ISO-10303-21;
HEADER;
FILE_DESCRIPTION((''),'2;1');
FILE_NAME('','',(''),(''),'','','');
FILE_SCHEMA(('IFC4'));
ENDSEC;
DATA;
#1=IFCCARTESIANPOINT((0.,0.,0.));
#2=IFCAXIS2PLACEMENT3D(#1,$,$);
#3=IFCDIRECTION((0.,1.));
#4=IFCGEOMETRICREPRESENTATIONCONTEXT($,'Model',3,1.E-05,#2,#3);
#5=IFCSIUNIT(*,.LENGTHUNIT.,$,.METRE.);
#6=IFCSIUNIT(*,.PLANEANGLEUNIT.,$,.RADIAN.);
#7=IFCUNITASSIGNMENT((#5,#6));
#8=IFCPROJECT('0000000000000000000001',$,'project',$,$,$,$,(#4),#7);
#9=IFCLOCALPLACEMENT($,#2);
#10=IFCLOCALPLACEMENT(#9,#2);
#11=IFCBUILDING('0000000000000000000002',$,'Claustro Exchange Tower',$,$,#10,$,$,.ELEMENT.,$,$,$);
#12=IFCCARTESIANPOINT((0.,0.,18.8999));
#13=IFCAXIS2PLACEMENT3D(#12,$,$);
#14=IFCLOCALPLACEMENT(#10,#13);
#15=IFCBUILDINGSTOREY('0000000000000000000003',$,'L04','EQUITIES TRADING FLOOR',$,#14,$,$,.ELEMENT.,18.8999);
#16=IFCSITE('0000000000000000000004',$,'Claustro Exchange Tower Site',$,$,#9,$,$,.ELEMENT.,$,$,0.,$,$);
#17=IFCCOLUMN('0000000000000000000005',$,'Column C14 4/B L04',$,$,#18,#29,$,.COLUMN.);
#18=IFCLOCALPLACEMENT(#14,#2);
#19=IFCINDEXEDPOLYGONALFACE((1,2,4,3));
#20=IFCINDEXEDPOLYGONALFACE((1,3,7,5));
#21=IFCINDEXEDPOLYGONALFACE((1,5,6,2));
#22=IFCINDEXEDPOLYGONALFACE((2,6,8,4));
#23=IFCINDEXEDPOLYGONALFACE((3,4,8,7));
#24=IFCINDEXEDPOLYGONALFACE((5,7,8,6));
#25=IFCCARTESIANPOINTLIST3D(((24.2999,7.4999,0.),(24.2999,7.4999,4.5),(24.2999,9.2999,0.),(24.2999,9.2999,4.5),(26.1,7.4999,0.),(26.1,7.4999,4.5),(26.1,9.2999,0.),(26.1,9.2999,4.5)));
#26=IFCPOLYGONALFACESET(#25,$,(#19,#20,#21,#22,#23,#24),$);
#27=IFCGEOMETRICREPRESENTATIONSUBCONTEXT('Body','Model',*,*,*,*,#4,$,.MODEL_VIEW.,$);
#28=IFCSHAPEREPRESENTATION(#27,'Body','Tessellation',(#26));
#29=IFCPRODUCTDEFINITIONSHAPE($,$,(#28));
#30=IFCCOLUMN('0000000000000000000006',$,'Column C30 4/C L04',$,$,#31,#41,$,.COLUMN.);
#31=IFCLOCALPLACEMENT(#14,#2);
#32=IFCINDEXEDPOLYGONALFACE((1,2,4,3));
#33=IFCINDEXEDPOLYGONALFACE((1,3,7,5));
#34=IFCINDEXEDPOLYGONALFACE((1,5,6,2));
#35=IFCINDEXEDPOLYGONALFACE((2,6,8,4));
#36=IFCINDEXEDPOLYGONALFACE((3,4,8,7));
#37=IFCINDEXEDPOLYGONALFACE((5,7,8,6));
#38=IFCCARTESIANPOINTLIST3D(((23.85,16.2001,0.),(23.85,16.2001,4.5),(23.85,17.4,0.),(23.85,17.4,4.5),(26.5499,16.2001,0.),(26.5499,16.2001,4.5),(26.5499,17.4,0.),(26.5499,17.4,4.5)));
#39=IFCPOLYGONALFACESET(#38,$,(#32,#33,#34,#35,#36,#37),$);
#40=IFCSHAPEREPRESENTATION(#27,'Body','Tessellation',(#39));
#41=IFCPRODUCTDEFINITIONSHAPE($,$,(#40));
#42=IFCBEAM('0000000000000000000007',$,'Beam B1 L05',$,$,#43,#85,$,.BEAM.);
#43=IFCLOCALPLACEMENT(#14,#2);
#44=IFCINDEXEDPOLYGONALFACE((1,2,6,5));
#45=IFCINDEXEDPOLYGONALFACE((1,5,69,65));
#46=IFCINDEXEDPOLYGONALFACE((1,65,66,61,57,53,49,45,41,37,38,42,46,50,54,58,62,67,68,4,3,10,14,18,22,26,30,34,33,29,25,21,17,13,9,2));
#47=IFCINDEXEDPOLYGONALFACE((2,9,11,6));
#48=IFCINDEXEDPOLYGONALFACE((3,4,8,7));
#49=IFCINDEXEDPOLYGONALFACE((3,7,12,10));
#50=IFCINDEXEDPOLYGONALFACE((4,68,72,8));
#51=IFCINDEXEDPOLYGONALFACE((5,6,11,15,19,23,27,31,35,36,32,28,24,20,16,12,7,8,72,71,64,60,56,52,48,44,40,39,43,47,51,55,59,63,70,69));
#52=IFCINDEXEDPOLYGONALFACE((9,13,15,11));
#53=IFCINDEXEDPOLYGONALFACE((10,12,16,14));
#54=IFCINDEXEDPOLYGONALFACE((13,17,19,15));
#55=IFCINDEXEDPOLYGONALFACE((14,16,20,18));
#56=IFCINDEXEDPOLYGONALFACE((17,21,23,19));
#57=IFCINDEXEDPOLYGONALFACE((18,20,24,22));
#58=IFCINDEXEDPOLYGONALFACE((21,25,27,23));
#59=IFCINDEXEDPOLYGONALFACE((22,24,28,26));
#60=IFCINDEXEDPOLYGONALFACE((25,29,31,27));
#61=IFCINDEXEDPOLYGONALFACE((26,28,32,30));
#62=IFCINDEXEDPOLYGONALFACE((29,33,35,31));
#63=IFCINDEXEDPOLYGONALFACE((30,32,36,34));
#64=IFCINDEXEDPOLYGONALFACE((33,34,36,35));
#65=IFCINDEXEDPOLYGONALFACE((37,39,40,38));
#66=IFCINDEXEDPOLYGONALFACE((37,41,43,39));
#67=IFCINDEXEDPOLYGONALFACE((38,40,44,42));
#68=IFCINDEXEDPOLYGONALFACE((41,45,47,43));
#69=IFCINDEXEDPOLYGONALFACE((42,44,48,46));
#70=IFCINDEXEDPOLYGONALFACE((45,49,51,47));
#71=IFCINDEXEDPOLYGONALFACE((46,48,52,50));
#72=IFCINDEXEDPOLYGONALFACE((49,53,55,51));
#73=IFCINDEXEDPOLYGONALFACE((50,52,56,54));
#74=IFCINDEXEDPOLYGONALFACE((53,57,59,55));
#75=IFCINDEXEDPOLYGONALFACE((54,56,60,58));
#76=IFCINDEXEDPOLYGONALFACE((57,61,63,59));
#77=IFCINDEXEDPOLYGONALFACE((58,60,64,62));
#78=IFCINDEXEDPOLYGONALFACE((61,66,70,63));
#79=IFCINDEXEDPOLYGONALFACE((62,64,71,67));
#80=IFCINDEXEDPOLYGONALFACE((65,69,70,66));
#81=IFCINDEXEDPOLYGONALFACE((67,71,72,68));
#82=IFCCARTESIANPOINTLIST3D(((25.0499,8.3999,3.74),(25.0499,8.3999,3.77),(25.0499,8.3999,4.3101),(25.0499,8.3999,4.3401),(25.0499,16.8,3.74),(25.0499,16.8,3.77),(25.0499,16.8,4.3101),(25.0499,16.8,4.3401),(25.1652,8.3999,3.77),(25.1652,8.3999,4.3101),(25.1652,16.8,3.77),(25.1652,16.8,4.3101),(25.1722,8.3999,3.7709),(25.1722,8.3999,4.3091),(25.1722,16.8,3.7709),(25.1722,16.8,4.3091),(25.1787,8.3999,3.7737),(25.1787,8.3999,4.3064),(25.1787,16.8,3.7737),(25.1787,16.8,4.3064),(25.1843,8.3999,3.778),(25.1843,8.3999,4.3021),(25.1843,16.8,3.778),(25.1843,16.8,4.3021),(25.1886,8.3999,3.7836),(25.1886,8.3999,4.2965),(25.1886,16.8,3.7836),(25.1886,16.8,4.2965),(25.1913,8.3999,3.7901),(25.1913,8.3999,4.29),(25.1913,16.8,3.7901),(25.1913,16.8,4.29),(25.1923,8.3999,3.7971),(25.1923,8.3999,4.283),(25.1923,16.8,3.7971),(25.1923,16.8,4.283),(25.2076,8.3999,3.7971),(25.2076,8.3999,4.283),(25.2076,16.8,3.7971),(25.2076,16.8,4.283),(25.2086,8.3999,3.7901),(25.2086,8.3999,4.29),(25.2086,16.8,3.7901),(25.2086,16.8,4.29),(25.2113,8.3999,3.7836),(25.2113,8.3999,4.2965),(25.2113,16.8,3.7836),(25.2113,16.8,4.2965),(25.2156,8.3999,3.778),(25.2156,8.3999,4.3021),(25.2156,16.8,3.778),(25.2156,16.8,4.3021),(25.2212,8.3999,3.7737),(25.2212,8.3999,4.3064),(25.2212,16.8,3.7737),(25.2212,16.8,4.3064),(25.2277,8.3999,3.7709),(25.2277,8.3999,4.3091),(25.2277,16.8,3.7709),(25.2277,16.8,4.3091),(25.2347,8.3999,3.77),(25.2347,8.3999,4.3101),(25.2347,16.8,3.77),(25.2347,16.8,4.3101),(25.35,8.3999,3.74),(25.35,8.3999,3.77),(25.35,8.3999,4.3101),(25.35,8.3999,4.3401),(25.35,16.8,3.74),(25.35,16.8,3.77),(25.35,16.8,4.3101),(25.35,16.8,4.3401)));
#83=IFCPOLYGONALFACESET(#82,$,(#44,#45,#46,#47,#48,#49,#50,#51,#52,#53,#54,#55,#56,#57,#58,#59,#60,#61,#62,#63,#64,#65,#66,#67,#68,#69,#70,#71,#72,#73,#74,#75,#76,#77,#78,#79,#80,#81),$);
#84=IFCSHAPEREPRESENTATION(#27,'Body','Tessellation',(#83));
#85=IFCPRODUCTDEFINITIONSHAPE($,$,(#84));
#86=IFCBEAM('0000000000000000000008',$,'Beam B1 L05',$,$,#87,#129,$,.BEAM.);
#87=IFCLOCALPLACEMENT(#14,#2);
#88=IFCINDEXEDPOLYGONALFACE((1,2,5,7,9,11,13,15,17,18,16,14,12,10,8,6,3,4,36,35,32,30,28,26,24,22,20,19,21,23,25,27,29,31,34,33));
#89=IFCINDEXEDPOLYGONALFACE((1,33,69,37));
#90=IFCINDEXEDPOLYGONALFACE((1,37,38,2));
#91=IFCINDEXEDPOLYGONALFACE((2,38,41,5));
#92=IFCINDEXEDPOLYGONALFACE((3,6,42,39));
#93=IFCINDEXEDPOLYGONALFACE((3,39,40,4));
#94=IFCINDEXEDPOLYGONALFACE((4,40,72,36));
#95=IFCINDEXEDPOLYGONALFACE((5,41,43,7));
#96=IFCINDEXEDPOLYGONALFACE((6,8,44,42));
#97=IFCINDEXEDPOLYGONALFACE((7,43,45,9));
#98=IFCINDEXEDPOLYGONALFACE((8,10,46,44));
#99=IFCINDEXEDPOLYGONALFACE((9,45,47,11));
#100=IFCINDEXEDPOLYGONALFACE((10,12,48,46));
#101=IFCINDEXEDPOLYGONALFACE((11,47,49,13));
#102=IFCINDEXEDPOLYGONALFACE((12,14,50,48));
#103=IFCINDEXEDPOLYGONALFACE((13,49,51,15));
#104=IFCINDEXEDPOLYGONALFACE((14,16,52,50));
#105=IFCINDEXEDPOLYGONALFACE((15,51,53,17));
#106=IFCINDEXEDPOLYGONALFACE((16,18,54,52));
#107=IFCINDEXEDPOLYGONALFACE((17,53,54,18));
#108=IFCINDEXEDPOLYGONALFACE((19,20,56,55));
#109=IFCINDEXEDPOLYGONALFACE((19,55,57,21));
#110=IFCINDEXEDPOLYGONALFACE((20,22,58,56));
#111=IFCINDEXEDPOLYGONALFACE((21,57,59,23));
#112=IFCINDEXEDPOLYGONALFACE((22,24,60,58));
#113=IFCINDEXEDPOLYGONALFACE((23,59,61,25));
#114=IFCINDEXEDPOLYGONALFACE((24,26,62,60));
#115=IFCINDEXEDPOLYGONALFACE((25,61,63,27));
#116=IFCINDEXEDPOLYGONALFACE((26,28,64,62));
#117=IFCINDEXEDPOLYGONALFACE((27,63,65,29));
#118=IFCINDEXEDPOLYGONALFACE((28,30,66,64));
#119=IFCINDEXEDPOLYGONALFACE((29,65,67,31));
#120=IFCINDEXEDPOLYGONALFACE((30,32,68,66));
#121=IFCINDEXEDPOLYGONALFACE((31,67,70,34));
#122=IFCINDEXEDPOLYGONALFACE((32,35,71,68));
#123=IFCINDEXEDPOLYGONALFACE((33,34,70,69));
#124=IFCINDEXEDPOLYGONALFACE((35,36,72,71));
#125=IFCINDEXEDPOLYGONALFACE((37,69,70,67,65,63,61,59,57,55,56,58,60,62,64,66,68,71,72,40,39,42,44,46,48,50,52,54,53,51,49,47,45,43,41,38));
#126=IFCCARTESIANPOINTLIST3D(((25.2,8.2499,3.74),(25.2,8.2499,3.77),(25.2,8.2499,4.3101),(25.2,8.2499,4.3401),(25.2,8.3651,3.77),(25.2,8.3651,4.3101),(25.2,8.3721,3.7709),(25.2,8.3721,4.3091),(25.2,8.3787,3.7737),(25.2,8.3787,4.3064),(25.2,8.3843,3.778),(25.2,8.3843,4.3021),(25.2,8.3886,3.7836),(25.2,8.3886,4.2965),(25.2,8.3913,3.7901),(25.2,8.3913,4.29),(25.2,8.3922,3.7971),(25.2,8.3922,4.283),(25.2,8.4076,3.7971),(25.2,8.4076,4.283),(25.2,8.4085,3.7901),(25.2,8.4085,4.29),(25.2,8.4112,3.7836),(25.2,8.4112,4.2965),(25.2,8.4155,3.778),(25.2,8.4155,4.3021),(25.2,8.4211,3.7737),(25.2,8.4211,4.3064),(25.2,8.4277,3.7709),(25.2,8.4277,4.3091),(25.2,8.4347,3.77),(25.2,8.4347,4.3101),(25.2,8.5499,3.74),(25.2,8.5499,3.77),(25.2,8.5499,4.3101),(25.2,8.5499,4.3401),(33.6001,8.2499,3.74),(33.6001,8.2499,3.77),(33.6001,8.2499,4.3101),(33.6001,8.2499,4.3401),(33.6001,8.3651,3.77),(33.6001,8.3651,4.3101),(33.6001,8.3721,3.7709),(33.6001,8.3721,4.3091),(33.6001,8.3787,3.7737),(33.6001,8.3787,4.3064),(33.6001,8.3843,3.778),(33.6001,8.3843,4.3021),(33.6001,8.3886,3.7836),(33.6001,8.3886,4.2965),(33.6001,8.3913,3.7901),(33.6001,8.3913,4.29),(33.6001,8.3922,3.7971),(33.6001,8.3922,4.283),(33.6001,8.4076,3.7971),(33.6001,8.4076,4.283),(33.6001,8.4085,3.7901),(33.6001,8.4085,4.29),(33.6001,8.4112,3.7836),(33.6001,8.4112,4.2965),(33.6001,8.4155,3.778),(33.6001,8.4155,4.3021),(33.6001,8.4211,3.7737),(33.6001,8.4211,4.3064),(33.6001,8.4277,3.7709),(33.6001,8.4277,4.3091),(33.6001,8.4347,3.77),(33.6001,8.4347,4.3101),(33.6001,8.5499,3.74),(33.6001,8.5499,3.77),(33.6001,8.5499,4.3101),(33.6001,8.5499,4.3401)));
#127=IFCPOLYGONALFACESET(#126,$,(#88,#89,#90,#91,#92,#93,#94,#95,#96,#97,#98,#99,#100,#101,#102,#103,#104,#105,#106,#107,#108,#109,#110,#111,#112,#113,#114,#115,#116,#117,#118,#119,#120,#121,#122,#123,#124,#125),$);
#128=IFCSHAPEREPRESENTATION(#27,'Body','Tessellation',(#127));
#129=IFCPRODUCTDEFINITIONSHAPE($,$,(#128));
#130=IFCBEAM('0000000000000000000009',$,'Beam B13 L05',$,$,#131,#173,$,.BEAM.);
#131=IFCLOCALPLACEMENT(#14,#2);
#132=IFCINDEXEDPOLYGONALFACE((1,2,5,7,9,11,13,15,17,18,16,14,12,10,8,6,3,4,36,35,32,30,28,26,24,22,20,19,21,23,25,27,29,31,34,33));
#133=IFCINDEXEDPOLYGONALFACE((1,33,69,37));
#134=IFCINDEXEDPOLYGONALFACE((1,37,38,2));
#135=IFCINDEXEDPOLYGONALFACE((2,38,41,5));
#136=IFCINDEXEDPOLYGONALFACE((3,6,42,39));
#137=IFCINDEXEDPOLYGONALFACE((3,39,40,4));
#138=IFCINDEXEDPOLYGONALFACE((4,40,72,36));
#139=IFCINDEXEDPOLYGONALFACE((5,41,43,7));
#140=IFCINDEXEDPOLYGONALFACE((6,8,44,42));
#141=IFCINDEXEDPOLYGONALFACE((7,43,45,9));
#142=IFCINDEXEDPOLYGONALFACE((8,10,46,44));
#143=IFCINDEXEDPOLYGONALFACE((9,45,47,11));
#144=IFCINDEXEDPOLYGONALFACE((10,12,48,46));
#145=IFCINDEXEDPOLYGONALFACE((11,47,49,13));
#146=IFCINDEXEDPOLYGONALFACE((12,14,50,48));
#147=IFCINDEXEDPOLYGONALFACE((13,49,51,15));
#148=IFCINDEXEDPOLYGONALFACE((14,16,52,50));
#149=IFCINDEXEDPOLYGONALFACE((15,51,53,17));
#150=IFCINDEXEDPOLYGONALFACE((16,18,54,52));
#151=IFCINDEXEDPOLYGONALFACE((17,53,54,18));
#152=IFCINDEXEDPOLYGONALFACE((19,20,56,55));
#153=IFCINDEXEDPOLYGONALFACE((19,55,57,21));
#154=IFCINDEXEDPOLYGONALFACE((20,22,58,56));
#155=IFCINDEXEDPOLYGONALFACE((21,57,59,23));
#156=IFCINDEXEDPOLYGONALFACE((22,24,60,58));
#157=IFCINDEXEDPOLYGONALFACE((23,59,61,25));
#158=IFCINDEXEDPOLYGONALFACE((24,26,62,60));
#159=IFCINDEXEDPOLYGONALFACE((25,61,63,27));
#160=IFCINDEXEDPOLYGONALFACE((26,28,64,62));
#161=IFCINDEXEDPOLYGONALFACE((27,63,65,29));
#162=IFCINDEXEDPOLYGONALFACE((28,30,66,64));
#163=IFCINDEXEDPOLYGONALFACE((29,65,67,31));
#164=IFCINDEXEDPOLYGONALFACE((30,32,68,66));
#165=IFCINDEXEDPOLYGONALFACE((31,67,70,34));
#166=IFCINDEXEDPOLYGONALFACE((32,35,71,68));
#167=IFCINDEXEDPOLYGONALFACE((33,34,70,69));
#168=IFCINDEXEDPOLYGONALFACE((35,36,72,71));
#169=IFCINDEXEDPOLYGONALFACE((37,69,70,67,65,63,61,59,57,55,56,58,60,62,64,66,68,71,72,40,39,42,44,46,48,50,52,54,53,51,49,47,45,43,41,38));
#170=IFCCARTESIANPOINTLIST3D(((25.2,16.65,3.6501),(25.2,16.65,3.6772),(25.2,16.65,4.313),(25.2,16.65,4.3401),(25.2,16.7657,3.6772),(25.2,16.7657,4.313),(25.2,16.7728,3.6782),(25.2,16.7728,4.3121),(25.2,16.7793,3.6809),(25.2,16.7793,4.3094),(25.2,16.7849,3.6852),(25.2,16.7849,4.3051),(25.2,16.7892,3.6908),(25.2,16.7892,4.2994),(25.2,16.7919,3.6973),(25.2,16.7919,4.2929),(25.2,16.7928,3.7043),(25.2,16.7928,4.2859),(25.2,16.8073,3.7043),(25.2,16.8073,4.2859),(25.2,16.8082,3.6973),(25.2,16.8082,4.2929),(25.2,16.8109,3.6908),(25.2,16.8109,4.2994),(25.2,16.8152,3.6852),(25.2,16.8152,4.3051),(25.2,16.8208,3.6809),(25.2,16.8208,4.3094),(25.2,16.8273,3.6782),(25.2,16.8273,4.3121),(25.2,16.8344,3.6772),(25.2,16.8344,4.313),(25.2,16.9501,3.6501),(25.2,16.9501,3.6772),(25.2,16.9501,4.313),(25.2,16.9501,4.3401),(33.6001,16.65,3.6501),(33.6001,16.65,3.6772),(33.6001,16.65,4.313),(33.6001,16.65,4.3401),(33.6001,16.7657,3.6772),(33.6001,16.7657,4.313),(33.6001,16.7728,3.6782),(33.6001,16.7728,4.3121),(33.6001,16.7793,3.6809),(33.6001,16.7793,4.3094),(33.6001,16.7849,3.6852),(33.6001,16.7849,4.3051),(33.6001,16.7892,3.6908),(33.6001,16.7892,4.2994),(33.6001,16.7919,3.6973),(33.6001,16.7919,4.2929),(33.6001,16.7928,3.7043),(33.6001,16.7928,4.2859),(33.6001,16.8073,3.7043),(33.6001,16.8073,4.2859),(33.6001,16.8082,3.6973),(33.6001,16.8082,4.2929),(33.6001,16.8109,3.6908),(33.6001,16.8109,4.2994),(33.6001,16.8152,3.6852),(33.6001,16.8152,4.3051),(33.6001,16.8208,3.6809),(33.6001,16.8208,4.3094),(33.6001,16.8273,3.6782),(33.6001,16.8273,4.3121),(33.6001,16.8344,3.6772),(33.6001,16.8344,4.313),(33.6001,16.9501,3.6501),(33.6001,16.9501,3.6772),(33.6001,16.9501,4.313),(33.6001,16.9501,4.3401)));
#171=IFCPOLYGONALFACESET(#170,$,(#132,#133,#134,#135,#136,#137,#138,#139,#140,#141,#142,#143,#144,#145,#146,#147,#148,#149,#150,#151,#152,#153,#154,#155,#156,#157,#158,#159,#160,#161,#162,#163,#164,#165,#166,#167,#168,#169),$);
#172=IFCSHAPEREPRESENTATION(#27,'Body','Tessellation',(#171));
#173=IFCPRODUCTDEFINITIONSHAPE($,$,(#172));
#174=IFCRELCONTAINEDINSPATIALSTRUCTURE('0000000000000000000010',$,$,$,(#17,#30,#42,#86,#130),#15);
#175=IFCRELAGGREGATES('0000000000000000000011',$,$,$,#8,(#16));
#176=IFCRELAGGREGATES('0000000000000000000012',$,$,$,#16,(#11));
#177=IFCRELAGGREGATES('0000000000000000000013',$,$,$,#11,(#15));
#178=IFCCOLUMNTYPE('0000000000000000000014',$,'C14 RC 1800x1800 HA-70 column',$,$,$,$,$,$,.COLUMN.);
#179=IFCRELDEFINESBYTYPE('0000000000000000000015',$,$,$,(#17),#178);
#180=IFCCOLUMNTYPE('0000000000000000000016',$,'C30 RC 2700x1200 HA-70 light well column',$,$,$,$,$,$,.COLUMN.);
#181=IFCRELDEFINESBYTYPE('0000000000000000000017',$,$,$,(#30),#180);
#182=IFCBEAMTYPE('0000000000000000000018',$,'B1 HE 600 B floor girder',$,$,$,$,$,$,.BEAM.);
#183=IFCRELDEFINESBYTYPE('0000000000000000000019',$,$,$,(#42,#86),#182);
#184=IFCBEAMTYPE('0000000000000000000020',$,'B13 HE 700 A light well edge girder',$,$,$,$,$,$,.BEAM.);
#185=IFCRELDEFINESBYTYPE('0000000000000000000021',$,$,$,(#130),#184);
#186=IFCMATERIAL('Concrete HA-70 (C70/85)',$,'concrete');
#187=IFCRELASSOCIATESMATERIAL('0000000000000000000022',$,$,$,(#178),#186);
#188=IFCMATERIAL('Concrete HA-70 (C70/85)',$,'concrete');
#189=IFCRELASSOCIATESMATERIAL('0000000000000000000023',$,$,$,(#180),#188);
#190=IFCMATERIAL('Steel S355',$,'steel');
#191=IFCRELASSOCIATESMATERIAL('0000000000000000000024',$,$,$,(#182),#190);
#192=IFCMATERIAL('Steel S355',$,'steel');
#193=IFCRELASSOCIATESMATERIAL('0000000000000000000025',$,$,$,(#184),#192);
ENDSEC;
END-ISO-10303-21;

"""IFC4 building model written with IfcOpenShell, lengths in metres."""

from ifc_helpers import new_model, si_unit, direction, frame, origin, origin_2d, place, context, subcontext, project, spatial, rectangle, i_section, extrude, material, material_profile, profile_set, type_object, element, save


model = new_model("IFC4")

# Units and contexts
model_context = context("Model", 3, precision=1e-05, world=origin(), true_north=direction((0.0, 1.0)))
body_context = subcontext(model_context, "Body", "Model", "MODEL_VIEW")
ifc_project = project(units=[si_unit("LENGTHUNIT", "METRE"), si_unit("PLANEANGLEUNIT", "RADIAN")], contexts=[model_context])

# Site, building, storey
site_placement = place(None, origin())
site = spatial("IfcSite", under=ifc_project, at=site_placement, Name="Claustro Exchange Tower Site", CompositionType="ELEMENT", RefElevation=0.0)
building_placement = place(site_placement, origin())
building = spatial("IfcBuilding", under=site, at=building_placement, Name="Claustro Exchange Tower", CompositionType="ELEMENT")
storey_placement = place(building_placement, frame((0.0, 0.0, 18.8999)))
storey = spatial("IfcBuildingStorey", under=building, at=storey_placement, Name="L04", Description="EQUITIES TRADING FLOOR", CompositionType="ELEMENT", Elevation=18.8999)

# Columns
ifc_material_1 = material(Name="Concrete HA-70 (C70/85)", Category="concrete")
ifc_material_profile_1 = material_profile(ifc_material_1, rectangle(XDim=1.8, YDim=1.8, at=origin_2d()), Name="RC 1800x1800")
ifc_profile_set_1 = profile_set([ifc_material_profile_1], Name="Concrete HA-70 (C70/85)")
column_type_1 = type_object("IfcColumnType", Name="C14 RC 1800x1800 HA-70 column", PredefinedType="COLUMN", material=ifc_profile_set_1)
column_1_placement = place(storey_placement, frame((25.2, 8.3999, 0.0), z_axis=(0.0, 0.0, 1.0), x_axis=(1.0, 0.0, 0.0)))
element("IfcColumn", 1, at=column_1_placement, inside=storey, type_object=column_type_1, Name="Column C14 4/B L04", PredefinedType="COLUMN", context=body_context, shape_type="SweptSolid", body=[
    extrude(rectangle(XDim=1.8, YDim=1.8, at=origin_2d()), origin(), (0.0, 0.0, 1.0), 4.5),
])
ifc_material_2 = material(Name="Concrete HA-70 (C70/85)", Category="concrete")
ifc_material_profile_2 = material_profile(ifc_material_2, rectangle(XDim=2.7, YDim=1.2, at=origin_2d()), Name="RC 2700x1200")
ifc_profile_set_2 = profile_set([ifc_material_profile_2], Name="Concrete HA-70 (C70/85)")
column_type_2 = type_object("IfcColumnType", Name="C30 RC 2700x1200 HA-70 light well column", PredefinedType="COLUMN", material=ifc_profile_set_2)
column_2_placement = place(storey_placement, frame((25.2, 16.8, 0.0), z_axis=(0.0, 0.0, 1.0), x_axis=(1.0, 0.0, 0.0)))
element("IfcColumn", 2, at=column_2_placement, inside=storey, type_object=column_type_2, Name="Column C30 4/C L04", PredefinedType="COLUMN", context=body_context, shape_type="SweptSolid", body=[
    extrude(rectangle(XDim=2.7, YDim=1.2, at=origin_2d()), origin(), (0.0, 0.0, 1.0), 4.5),
])

# Beams
ifc_material_3 = material(Name="Steel S355", Category="steel")
ifc_material_profile_3 = material_profile(ifc_material_3, i_section(OverallWidth=0.3, OverallDepth=0.6001, WebThickness=0.0154, FlangeThickness=0.03, FilletRadius=0.0271, at=origin_2d()), Name="HE 600 B")
ifc_profile_set_3 = profile_set([ifc_material_profile_3], Name="Steel S355")
beam_type_1 = type_object("IfcBeamType", Name="B1 HE 600 B floor girder", PredefinedType="BEAM", material=ifc_profile_set_3)
for number, where, z_axis, x_axis, name in (
    (3, (25.2, 8.3999, 4.04), (0.0, 1.0, 0.0), (-1.0, 0.0, 0.0), "Beam B1 L05"),
    (4, (25.2, 8.3999, 4.04), (1.0, 0.0, 0.0), (0.0, 1.0, 0.0), "Beam B1 L05"),
):
    element("IfcBeam", number, at=place(storey_placement, frame(where, z_axis=z_axis, x_axis=x_axis)), inside=storey, type_object=beam_type_1, Name=name, PredefinedType="BEAM", context=body_context, shape_type="SweptSolid", body=[
        extrude(i_section(OverallWidth=0.3, OverallDepth=0.6001, WebThickness=0.0154, FlangeThickness=0.03, FilletRadius=0.0271, at=origin_2d()), origin(), (0.0, 0.0, 1.0), 8.4001),
    ])
ifc_material_4 = material(Name="Steel S355", Category="steel")
ifc_material_profile_4 = material_profile(ifc_material_4, i_section(OverallWidth=0.3, OverallDepth=0.6899, WebThickness=0.0144, FlangeThickness=0.0271, FilletRadius=0.0271, at=origin_2d()), Name="HE 700 A")
ifc_profile_set_4 = profile_set([ifc_material_profile_4], Name="Steel S355")
beam_type_2 = type_object("IfcBeamType", Name="B13 HE 700 A light well edge girder", PredefinedType="BEAM", material=ifc_profile_set_4)
beam_placement = place(storey_placement, frame((25.2, 16.8, 3.9951), z_axis=(1.0, 0.0, 0.0), x_axis=(0.0, 1.0, 0.0)))
element("IfcBeam", 5, at=beam_placement, inside=storey, type_object=beam_type_2, Name="Beam B13 L05", PredefinedType="BEAM", context=body_context, shape_type="SweptSolid", body=[
    extrude(i_section(OverallWidth=0.3, OverallDepth=0.6899, WebThickness=0.0144, FlangeThickness=0.0271, FilletRadius=0.0271, at=origin_2d()), origin(), (0.0, 0.0, 1.0), 8.4001),
])

save(model, "model.ifc")
